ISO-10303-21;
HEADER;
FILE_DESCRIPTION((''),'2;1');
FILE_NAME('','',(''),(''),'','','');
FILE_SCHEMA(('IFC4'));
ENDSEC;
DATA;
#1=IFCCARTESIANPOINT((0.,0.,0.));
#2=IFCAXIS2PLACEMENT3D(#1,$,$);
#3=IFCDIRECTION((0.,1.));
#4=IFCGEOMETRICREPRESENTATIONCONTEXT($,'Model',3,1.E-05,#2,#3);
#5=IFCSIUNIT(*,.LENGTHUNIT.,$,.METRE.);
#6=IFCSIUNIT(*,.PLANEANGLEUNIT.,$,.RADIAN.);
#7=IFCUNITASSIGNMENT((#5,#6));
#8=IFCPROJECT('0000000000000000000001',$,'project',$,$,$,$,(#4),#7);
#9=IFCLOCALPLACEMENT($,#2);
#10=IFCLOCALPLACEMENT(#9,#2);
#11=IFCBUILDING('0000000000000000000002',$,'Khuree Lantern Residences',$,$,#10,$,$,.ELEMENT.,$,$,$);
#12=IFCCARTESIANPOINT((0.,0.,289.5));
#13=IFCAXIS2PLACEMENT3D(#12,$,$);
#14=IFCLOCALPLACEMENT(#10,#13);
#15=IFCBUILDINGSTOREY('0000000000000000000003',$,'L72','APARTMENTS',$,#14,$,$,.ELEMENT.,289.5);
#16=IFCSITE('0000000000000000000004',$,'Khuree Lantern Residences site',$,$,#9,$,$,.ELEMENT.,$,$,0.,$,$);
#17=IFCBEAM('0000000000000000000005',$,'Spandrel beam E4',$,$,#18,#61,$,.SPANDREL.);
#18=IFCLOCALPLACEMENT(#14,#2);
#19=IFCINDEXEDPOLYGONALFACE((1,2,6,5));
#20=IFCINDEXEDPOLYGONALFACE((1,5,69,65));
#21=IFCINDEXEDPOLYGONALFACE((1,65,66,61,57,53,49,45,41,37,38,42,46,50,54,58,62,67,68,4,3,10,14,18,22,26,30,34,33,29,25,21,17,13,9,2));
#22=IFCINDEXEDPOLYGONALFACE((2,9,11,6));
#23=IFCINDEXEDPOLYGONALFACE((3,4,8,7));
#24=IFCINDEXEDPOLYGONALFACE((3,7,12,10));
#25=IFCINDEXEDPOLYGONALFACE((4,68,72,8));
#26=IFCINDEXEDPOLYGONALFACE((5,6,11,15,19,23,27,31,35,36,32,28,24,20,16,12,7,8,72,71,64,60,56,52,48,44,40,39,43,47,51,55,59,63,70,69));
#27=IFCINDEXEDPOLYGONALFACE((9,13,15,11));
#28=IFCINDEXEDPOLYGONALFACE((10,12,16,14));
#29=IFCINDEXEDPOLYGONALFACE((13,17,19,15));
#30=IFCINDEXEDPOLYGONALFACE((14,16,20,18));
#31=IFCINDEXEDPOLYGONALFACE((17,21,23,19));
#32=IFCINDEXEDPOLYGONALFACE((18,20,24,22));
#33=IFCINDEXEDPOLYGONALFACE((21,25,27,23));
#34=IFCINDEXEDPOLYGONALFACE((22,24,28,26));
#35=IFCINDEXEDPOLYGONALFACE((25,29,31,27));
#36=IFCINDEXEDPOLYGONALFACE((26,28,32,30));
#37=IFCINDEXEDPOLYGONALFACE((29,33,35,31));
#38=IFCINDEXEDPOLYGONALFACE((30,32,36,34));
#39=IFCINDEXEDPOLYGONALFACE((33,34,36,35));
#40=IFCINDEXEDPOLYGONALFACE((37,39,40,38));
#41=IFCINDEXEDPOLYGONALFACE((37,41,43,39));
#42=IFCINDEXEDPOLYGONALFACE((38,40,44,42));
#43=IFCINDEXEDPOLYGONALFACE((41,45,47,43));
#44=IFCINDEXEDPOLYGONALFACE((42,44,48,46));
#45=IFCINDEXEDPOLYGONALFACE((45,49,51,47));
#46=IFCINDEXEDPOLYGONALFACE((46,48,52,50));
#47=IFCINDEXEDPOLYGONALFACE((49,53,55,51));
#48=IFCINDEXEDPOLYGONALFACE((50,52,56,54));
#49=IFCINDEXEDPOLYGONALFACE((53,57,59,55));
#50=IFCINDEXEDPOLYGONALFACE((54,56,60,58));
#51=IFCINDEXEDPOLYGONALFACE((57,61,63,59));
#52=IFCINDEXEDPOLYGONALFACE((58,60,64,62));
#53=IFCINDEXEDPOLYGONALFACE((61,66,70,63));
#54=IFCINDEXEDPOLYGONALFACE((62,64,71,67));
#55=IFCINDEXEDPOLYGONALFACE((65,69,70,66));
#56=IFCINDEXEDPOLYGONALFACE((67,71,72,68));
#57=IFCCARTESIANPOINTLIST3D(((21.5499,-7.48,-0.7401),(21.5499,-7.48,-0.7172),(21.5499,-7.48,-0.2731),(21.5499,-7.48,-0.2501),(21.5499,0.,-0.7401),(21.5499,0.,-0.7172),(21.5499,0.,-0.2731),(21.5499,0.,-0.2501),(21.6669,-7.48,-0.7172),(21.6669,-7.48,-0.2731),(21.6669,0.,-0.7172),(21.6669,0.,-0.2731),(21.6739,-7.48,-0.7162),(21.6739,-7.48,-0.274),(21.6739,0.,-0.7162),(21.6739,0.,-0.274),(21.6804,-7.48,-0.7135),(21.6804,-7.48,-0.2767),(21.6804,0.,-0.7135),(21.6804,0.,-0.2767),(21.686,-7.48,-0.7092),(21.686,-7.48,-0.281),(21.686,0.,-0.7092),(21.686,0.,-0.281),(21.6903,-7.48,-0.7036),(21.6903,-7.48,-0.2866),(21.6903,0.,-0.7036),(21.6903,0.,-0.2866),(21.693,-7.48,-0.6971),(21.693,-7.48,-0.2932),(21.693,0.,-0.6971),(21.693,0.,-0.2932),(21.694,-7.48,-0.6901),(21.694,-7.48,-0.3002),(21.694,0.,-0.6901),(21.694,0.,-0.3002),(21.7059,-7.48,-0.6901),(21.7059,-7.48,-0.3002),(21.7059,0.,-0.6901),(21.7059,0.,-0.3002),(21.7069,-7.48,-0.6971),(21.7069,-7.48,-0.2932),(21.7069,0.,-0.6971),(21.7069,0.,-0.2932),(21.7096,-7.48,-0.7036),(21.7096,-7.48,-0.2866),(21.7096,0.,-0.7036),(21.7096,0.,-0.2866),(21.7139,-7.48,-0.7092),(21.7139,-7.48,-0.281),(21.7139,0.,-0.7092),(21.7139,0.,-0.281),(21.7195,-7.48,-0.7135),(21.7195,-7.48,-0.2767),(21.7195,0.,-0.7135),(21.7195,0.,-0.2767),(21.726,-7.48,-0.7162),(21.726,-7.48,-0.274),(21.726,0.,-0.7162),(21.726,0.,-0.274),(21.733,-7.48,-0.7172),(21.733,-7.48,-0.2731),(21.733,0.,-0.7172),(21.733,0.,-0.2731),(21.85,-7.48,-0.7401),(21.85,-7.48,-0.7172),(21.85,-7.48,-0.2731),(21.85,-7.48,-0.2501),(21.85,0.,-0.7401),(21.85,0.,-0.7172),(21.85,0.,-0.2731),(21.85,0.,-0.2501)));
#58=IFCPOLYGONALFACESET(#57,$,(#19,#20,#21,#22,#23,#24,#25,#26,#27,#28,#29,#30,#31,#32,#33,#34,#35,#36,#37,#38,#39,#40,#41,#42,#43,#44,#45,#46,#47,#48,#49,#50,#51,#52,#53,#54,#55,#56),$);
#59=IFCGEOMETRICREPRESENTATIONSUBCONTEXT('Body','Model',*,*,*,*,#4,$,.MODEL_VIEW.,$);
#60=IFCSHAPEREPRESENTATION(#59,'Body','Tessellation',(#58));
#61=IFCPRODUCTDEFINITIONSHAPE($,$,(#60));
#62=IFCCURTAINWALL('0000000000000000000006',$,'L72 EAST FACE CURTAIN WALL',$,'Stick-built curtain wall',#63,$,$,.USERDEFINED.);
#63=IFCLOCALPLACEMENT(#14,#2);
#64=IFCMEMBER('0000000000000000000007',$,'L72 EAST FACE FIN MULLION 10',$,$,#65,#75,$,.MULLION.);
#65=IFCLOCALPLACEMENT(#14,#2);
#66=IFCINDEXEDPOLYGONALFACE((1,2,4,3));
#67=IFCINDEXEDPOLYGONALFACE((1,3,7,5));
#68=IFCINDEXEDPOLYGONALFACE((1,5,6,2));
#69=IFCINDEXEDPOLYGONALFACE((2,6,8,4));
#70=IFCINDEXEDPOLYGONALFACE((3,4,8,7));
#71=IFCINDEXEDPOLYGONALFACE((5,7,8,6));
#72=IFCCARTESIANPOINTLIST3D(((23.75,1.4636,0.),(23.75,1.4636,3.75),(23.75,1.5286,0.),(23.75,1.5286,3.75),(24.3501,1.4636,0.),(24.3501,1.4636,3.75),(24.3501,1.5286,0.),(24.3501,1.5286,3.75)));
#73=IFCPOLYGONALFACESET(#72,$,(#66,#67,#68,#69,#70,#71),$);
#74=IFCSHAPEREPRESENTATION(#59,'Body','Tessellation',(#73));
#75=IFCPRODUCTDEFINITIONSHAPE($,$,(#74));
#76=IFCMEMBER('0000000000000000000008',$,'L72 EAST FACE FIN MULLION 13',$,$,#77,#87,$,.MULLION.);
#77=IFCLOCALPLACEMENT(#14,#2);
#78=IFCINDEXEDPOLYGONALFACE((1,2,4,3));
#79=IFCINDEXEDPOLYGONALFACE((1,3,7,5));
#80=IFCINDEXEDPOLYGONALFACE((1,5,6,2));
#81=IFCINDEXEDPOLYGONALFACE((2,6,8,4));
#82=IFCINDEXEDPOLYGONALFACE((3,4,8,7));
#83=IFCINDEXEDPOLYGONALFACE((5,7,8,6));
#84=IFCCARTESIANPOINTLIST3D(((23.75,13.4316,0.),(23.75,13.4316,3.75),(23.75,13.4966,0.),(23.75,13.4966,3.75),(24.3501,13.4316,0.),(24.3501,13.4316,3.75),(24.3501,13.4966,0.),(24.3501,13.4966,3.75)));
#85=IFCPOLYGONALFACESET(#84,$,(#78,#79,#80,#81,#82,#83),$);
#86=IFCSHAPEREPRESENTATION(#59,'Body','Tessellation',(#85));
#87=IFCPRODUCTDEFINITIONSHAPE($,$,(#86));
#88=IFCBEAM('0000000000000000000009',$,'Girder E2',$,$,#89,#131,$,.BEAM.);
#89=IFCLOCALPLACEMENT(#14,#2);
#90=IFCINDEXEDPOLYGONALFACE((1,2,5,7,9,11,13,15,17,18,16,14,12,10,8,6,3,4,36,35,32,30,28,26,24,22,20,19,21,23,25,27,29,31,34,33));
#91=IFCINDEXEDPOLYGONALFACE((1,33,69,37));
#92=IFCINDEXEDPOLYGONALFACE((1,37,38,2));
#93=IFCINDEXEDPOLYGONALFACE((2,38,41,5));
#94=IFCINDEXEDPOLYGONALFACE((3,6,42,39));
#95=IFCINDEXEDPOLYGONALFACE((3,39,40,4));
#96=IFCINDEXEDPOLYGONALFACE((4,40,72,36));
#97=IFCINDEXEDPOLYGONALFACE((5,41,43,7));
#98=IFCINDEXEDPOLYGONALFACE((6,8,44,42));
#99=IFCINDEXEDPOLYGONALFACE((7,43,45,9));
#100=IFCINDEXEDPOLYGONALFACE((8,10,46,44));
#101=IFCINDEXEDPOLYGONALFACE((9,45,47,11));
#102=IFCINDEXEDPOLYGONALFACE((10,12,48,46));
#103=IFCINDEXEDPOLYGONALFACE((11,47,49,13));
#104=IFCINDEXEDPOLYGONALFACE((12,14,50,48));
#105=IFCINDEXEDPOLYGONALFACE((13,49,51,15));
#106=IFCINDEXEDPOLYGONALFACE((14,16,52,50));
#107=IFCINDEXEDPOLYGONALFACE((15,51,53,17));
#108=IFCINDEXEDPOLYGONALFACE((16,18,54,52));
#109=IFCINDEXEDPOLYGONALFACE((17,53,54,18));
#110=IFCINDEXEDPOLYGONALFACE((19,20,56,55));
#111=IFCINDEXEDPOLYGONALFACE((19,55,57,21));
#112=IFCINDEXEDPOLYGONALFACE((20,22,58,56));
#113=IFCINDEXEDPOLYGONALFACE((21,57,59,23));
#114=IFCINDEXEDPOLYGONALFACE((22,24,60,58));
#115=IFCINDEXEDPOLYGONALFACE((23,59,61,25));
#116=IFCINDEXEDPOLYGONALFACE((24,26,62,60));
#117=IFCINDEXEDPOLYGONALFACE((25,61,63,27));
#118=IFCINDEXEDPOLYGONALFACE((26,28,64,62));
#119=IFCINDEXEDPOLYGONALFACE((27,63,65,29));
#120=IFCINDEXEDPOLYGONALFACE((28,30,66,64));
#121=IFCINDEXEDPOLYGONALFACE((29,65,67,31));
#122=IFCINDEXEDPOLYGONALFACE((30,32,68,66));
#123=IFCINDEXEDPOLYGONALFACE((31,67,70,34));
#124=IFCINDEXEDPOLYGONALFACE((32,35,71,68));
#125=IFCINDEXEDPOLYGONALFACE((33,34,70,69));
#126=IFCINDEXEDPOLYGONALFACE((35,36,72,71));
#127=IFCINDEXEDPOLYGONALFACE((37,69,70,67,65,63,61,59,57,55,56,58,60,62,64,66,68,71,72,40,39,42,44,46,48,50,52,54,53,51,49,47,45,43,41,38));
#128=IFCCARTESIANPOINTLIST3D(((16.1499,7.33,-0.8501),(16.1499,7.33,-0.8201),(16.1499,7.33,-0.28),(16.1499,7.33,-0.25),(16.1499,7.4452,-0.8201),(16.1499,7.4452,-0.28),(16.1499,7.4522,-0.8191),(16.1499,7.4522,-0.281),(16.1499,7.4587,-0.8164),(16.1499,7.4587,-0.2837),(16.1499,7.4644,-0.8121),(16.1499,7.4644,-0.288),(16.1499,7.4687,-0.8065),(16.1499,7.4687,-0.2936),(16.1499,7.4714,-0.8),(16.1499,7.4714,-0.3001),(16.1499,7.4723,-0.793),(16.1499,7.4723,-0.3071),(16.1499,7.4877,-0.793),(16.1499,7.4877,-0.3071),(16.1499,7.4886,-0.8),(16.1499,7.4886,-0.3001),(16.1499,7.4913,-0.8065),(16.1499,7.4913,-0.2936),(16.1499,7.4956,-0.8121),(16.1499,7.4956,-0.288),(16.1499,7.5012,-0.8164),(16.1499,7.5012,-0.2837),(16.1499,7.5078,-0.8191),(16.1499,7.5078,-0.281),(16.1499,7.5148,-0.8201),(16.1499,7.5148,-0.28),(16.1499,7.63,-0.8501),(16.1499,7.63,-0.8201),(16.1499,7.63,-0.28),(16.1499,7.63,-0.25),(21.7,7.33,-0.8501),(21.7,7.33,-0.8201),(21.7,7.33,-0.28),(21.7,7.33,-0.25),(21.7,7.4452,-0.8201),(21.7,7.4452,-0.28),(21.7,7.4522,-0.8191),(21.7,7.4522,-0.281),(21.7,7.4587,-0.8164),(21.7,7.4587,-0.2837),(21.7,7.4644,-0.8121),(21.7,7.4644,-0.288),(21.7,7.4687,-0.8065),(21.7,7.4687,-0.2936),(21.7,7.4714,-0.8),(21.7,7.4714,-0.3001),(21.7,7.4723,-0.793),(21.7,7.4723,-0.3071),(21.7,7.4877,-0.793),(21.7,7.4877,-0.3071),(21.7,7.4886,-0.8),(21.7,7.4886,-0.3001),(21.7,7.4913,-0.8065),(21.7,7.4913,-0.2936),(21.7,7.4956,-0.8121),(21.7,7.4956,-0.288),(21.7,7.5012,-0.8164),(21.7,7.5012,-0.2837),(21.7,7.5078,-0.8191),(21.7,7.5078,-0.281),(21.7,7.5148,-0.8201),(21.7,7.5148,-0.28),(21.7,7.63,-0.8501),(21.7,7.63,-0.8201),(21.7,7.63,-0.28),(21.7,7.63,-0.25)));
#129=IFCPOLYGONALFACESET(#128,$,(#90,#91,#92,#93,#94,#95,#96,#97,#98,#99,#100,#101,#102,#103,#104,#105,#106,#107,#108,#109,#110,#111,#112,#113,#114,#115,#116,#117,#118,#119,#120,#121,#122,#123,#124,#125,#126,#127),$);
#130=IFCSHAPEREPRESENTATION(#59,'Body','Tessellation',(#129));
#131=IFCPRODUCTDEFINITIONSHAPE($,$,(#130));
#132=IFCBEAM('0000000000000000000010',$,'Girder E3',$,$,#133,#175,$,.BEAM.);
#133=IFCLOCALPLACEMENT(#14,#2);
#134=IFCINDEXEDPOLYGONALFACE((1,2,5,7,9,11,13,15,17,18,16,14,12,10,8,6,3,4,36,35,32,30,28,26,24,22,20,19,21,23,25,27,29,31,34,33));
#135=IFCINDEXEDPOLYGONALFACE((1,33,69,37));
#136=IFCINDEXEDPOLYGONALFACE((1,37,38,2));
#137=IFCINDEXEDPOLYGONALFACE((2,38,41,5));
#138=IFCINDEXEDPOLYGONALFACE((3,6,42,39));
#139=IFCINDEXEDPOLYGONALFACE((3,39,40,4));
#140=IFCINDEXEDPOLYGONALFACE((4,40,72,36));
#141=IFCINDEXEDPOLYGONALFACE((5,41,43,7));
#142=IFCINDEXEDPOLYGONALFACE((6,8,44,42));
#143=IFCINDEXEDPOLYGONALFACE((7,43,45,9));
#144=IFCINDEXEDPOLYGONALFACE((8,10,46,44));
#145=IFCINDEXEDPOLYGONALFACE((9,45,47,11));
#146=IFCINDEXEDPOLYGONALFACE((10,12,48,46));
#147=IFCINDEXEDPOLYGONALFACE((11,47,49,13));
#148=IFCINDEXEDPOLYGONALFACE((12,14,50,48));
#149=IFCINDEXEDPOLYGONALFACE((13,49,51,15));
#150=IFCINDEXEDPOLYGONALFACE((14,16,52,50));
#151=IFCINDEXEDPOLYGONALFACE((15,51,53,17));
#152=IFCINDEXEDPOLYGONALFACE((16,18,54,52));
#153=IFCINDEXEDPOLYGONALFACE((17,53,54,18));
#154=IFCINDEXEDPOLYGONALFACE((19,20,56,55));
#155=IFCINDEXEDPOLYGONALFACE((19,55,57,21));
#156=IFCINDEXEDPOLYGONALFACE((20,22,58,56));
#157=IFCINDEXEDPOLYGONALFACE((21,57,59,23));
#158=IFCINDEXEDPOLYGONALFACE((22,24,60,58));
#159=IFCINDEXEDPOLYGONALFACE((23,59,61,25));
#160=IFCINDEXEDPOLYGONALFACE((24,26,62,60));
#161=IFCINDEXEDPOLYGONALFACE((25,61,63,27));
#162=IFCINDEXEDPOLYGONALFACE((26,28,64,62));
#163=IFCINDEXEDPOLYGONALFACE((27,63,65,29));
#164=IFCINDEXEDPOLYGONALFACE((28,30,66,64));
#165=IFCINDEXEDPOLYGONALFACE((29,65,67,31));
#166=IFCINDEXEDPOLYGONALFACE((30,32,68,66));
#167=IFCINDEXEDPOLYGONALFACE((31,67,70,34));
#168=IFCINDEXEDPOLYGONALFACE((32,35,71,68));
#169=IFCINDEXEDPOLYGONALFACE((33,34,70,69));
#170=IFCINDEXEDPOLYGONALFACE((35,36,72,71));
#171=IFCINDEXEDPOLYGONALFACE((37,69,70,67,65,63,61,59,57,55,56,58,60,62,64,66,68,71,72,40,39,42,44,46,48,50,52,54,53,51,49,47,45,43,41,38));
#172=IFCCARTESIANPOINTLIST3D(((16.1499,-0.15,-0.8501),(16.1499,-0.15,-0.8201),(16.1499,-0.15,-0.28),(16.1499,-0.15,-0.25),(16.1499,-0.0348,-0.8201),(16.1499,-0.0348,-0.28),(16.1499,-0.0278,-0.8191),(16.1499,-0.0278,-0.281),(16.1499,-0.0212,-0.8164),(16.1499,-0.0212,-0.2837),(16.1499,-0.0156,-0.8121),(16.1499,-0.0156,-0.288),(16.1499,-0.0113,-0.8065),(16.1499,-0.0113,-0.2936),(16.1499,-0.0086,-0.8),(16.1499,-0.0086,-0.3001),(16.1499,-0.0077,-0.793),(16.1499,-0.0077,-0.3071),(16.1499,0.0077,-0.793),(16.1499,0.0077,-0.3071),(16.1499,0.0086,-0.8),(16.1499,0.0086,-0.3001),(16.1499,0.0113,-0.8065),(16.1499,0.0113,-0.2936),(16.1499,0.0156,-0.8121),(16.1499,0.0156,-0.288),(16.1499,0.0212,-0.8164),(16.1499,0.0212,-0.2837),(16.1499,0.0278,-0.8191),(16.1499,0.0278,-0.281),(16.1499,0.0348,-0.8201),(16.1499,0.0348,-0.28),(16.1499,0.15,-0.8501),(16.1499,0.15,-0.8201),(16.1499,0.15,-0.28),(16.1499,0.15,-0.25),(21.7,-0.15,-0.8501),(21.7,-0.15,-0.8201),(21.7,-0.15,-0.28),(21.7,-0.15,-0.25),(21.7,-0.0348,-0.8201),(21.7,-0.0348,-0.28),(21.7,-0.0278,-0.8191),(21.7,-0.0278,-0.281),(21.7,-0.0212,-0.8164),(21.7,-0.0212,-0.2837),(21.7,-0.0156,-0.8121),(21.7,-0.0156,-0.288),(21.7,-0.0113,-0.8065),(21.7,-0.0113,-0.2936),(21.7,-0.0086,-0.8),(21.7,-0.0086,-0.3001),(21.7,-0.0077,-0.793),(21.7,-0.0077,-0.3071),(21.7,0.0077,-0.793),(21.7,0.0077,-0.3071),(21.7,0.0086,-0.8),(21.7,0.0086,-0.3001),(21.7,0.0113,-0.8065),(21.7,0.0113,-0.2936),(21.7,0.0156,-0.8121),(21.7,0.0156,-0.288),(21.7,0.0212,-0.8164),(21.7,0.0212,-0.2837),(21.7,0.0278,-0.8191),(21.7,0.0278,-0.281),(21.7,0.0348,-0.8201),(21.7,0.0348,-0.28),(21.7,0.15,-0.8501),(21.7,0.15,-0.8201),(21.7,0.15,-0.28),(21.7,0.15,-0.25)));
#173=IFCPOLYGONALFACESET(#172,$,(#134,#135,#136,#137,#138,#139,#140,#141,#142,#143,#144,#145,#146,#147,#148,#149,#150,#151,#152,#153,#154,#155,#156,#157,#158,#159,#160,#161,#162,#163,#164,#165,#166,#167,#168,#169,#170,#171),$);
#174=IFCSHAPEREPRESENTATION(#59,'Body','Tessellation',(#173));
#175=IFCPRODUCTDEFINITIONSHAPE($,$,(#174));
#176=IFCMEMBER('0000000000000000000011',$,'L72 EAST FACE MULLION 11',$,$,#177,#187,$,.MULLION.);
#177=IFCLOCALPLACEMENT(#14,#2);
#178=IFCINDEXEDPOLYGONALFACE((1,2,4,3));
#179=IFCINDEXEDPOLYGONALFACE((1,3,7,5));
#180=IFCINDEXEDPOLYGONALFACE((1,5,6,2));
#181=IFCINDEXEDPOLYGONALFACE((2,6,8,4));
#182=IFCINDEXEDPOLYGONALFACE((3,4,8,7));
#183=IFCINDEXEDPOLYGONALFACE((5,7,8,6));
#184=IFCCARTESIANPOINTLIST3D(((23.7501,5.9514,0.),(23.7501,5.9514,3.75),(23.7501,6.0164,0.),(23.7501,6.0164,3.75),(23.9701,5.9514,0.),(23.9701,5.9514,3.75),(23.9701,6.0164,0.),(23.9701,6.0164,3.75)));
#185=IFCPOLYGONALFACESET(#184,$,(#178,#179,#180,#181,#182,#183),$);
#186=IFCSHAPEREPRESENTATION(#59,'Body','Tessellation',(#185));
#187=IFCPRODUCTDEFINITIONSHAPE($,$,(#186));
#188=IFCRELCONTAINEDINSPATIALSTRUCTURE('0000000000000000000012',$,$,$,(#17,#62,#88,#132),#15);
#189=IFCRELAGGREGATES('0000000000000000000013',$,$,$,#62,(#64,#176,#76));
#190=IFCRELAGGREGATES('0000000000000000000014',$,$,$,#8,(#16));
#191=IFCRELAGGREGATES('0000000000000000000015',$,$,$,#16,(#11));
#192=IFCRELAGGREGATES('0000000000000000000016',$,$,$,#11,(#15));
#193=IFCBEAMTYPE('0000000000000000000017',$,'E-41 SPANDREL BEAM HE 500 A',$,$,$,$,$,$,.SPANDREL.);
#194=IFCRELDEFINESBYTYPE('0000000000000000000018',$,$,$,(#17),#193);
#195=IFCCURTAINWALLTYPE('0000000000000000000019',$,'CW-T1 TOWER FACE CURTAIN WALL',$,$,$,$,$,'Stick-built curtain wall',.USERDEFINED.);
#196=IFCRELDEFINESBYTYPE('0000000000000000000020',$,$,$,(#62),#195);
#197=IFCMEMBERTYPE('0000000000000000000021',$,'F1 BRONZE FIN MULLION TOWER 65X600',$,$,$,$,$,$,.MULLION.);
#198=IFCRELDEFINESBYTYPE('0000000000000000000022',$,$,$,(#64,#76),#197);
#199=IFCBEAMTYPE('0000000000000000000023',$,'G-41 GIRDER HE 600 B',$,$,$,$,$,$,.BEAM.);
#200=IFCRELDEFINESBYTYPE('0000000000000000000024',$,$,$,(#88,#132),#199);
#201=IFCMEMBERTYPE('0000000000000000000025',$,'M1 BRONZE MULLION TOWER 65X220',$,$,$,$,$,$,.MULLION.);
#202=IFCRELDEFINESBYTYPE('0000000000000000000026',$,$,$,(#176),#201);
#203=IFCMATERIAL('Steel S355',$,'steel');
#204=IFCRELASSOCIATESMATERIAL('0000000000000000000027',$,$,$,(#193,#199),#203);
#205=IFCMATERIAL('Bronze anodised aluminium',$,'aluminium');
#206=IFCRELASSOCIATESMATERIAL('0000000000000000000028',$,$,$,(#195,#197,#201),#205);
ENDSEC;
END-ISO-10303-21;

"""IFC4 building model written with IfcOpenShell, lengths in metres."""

from ifc_helpers import new_model, si_unit, direction, frame, origin, origin_2d, place, context, subcontext, project, spatial, rectangle, i_section, extrude, material, material_profile, profile_set, type_object, element, aggregate, save


model = new_model("IFC4")

# Units and contexts
model_context = context("Model", 3, precision=1e-05, world=origin(), true_north=direction((0.0, 1.0)))
body_context = subcontext(model_context, "Body", "Model", "MODEL_VIEW")
ifc_project = project(units=[si_unit("LENGTHUNIT", "METRE"), si_unit("PLANEANGLEUNIT", "RADIAN")], contexts=[model_context])

# Site, building, storey
site_placement = place(None, origin())
site = spatial("IfcSite", under=ifc_project, at=site_placement, Name="Khuree Lantern Residences site", CompositionType="ELEMENT", RefElevation=0.0)
building_placement = place(site_placement, origin())
building = spatial("IfcBuilding", under=site, at=building_placement, Name="Khuree Lantern Residences", CompositionType="ELEMENT")
storey_placement = place(building_placement, frame((0.0, 0.0, 289.5)))
storey = spatial("IfcBuildingStorey", under=building, at=storey_placement, Name="L72", Description="APARTMENTS", CompositionType="ELEMENT", Elevation=289.5)

# Beam
ifc_material_1 = material(Name="Steel S355", Category="steel")
ifc_material_profile_1 = material_profile(ifc_material_1, i_section(OverallWidth=0.3, OverallDepth=0.49, WebThickness=0.012, FlangeThickness=0.0229, FilletRadius=0.0271, at=origin_2d()), Name="HE 500 A")
ifc_profile_set_1 = profile_set([ifc_material_profile_1], Name="Steel S355")
beam_type_1 = type_object("IfcBeamType", Name="E-41 SPANDREL BEAM HE 500 A", PredefinedType="SPANDREL", material=ifc_profile_set_1)
for number, where, z_axis, x_axis, name in (
    (1, (21.7, 0.0, -0.4951), (0.0, -1.0, 0.0), (1.0, 0.0, 0.0), "Spandrel beam E4"),
):
    element("IfcBeam", number, at=place(storey_placement, frame(where, z_axis=z_axis, x_axis=x_axis)), inside=storey, type_object=beam_type_1, Name=name, PredefinedType="SPANDREL", context=body_context, shape_type="SweptSolid", body=[
        extrude(i_section(OverallWidth=0.3, OverallDepth=0.49, WebThickness=0.012, FlangeThickness=0.0229, FilletRadius=0.0271, at=origin_2d()), origin(), (0.0, 0.0, 1.0), 7.48),
    ])

# Curtain wall, members
ifc_material_2 = material(Name="Bronze anodised aluminium", Category="aluminium")
curtain_wall_type = type_object("IfcCurtainWallType", Name="CW-T1 TOWER FACE CURTAIN WALL", ElementType="Stick-built curtain wall", PredefinedType="USERDEFINED", material=ifc_material_2)
curtain_wall_placement = place(storey_placement, origin())
curtain_wall = element("IfcCurtainWall", 2, at=curtain_wall_placement, inside=storey, type_object=curtain_wall_type, Name="L72 EAST FACE CURTAIN WALL", ObjectType="Stick-built curtain wall", PredefinedType="USERDEFINED")
ifc_material_profile_2 = material_profile(ifc_material_2, rectangle(XDim=0.0649, YDim=0.6001, at=origin_2d()), Name="F1 65X600")
ifc_profile_set_2 = profile_set([ifc_material_profile_2], Name="Bronze anodised aluminium")
member_type_1 = type_object("IfcMemberType", Name="F1 BRONZE FIN MULLION TOWER 65X600", PredefinedType="MULLION", material=ifc_profile_set_2)
member_1_placement = place(storey_placement, frame((24.05, 1.4961, 0.0), z_axis=(0.0, 0.0, 1.0), x_axis=(0.0, 1.0, 0.0)))
member_1 = element("IfcMember", 3, at=member_1_placement, type_object=member_type_1, Name="L72 EAST FACE FIN MULLION 10", PredefinedType="MULLION", context=body_context, shape_type="SweptSolid", body=[
    extrude(rectangle(XDim=0.0649, YDim=0.6001, at=origin_2d()), origin(), (0.0, 0.0, 1.0), 3.75),
])
member_2_placement = place(storey_placement, frame((24.05, 13.4641, 0.0), z_axis=(0.0, 0.0, 1.0), x_axis=(0.0, 1.0, 0.0)))
member_2 = element("IfcMember", 4, at=member_2_placement, type_object=member_type_1, Name="L72 EAST FACE FIN MULLION 13", PredefinedType="MULLION", context=body_context, shape_type="SweptSolid", body=[
    extrude(rectangle(XDim=0.0649, YDim=0.6001, at=origin_2d()), origin(), (0.0, 0.0, 1.0), 3.75),
])

# Beams
ifc_material_profile_3 = material_profile(ifc_material_1, i_section(OverallWidth=0.3, OverallDepth=0.6001, WebThickness=0.0154, FlangeThickness=0.03, FilletRadius=0.0271, at=origin_2d()), Name="HE 600 B")
ifc_profile_set_3 = profile_set([ifc_material_profile_3], Name="Steel S355")
beam_type_2 = type_object("IfcBeamType", Name="G-41 GIRDER HE 600 B", PredefinedType="BEAM", material=ifc_profile_set_3)
for number, where, z_axis, x_axis, name in (
    (5, (21.7, 7.48, -0.55), (-1.0, 0.0, 0.0), (0.0, -1.0, 0.0), "Girder E2"),
    (6, (21.7, 0.0, -0.55), (-1.0, 0.0, 0.0), (0.0, -1.0, 0.0), "Girder E3"),
):
    element("IfcBeam", number, at=place(storey_placement, frame(where, z_axis=z_axis, x_axis=x_axis)), inside=storey, type_object=beam_type_2, Name=name, PredefinedType="BEAM", context=body_context, shape_type="SweptSolid", body=[
        extrude(i_section(OverallWidth=0.3, OverallDepth=0.6001, WebThickness=0.0154, FlangeThickness=0.03, FilletRadius=0.0271, at=origin_2d()), origin(), (0.0, 0.0, 1.0), 5.55),
    ])

# Member
ifc_material_profile_4 = material_profile(ifc_material_2, rectangle(XDim=0.0649, YDim=0.22, at=origin_2d()), Name="M1 65X220")
ifc_profile_set_4 = profile_set([ifc_material_profile_4], Name="Bronze anodised aluminium")
member_type_2 = type_object("IfcMemberType", Name="M1 BRONZE MULLION TOWER 65X220", PredefinedType="MULLION", material=ifc_profile_set_4)
member_3_placement = place(storey_placement, frame((23.8601, 5.9839, 0.0), z_axis=(0.0, 0.0, 1.0), x_axis=(0.0, 1.0, 0.0)))
member_3 = element("IfcMember", 7, at=member_3_placement, type_object=member_type_2, Name="L72 EAST FACE MULLION 11", PredefinedType="MULLION", context=body_context, shape_type="SweptSolid", body=[
    extrude(rectangle(XDim=0.0649, YDim=0.22, at=origin_2d()), origin(), (0.0, 0.0, 1.0), 3.75),
])

aggregate(curtain_wall, [member_1, member_3, member_2])

save(model, "model.ifc")
